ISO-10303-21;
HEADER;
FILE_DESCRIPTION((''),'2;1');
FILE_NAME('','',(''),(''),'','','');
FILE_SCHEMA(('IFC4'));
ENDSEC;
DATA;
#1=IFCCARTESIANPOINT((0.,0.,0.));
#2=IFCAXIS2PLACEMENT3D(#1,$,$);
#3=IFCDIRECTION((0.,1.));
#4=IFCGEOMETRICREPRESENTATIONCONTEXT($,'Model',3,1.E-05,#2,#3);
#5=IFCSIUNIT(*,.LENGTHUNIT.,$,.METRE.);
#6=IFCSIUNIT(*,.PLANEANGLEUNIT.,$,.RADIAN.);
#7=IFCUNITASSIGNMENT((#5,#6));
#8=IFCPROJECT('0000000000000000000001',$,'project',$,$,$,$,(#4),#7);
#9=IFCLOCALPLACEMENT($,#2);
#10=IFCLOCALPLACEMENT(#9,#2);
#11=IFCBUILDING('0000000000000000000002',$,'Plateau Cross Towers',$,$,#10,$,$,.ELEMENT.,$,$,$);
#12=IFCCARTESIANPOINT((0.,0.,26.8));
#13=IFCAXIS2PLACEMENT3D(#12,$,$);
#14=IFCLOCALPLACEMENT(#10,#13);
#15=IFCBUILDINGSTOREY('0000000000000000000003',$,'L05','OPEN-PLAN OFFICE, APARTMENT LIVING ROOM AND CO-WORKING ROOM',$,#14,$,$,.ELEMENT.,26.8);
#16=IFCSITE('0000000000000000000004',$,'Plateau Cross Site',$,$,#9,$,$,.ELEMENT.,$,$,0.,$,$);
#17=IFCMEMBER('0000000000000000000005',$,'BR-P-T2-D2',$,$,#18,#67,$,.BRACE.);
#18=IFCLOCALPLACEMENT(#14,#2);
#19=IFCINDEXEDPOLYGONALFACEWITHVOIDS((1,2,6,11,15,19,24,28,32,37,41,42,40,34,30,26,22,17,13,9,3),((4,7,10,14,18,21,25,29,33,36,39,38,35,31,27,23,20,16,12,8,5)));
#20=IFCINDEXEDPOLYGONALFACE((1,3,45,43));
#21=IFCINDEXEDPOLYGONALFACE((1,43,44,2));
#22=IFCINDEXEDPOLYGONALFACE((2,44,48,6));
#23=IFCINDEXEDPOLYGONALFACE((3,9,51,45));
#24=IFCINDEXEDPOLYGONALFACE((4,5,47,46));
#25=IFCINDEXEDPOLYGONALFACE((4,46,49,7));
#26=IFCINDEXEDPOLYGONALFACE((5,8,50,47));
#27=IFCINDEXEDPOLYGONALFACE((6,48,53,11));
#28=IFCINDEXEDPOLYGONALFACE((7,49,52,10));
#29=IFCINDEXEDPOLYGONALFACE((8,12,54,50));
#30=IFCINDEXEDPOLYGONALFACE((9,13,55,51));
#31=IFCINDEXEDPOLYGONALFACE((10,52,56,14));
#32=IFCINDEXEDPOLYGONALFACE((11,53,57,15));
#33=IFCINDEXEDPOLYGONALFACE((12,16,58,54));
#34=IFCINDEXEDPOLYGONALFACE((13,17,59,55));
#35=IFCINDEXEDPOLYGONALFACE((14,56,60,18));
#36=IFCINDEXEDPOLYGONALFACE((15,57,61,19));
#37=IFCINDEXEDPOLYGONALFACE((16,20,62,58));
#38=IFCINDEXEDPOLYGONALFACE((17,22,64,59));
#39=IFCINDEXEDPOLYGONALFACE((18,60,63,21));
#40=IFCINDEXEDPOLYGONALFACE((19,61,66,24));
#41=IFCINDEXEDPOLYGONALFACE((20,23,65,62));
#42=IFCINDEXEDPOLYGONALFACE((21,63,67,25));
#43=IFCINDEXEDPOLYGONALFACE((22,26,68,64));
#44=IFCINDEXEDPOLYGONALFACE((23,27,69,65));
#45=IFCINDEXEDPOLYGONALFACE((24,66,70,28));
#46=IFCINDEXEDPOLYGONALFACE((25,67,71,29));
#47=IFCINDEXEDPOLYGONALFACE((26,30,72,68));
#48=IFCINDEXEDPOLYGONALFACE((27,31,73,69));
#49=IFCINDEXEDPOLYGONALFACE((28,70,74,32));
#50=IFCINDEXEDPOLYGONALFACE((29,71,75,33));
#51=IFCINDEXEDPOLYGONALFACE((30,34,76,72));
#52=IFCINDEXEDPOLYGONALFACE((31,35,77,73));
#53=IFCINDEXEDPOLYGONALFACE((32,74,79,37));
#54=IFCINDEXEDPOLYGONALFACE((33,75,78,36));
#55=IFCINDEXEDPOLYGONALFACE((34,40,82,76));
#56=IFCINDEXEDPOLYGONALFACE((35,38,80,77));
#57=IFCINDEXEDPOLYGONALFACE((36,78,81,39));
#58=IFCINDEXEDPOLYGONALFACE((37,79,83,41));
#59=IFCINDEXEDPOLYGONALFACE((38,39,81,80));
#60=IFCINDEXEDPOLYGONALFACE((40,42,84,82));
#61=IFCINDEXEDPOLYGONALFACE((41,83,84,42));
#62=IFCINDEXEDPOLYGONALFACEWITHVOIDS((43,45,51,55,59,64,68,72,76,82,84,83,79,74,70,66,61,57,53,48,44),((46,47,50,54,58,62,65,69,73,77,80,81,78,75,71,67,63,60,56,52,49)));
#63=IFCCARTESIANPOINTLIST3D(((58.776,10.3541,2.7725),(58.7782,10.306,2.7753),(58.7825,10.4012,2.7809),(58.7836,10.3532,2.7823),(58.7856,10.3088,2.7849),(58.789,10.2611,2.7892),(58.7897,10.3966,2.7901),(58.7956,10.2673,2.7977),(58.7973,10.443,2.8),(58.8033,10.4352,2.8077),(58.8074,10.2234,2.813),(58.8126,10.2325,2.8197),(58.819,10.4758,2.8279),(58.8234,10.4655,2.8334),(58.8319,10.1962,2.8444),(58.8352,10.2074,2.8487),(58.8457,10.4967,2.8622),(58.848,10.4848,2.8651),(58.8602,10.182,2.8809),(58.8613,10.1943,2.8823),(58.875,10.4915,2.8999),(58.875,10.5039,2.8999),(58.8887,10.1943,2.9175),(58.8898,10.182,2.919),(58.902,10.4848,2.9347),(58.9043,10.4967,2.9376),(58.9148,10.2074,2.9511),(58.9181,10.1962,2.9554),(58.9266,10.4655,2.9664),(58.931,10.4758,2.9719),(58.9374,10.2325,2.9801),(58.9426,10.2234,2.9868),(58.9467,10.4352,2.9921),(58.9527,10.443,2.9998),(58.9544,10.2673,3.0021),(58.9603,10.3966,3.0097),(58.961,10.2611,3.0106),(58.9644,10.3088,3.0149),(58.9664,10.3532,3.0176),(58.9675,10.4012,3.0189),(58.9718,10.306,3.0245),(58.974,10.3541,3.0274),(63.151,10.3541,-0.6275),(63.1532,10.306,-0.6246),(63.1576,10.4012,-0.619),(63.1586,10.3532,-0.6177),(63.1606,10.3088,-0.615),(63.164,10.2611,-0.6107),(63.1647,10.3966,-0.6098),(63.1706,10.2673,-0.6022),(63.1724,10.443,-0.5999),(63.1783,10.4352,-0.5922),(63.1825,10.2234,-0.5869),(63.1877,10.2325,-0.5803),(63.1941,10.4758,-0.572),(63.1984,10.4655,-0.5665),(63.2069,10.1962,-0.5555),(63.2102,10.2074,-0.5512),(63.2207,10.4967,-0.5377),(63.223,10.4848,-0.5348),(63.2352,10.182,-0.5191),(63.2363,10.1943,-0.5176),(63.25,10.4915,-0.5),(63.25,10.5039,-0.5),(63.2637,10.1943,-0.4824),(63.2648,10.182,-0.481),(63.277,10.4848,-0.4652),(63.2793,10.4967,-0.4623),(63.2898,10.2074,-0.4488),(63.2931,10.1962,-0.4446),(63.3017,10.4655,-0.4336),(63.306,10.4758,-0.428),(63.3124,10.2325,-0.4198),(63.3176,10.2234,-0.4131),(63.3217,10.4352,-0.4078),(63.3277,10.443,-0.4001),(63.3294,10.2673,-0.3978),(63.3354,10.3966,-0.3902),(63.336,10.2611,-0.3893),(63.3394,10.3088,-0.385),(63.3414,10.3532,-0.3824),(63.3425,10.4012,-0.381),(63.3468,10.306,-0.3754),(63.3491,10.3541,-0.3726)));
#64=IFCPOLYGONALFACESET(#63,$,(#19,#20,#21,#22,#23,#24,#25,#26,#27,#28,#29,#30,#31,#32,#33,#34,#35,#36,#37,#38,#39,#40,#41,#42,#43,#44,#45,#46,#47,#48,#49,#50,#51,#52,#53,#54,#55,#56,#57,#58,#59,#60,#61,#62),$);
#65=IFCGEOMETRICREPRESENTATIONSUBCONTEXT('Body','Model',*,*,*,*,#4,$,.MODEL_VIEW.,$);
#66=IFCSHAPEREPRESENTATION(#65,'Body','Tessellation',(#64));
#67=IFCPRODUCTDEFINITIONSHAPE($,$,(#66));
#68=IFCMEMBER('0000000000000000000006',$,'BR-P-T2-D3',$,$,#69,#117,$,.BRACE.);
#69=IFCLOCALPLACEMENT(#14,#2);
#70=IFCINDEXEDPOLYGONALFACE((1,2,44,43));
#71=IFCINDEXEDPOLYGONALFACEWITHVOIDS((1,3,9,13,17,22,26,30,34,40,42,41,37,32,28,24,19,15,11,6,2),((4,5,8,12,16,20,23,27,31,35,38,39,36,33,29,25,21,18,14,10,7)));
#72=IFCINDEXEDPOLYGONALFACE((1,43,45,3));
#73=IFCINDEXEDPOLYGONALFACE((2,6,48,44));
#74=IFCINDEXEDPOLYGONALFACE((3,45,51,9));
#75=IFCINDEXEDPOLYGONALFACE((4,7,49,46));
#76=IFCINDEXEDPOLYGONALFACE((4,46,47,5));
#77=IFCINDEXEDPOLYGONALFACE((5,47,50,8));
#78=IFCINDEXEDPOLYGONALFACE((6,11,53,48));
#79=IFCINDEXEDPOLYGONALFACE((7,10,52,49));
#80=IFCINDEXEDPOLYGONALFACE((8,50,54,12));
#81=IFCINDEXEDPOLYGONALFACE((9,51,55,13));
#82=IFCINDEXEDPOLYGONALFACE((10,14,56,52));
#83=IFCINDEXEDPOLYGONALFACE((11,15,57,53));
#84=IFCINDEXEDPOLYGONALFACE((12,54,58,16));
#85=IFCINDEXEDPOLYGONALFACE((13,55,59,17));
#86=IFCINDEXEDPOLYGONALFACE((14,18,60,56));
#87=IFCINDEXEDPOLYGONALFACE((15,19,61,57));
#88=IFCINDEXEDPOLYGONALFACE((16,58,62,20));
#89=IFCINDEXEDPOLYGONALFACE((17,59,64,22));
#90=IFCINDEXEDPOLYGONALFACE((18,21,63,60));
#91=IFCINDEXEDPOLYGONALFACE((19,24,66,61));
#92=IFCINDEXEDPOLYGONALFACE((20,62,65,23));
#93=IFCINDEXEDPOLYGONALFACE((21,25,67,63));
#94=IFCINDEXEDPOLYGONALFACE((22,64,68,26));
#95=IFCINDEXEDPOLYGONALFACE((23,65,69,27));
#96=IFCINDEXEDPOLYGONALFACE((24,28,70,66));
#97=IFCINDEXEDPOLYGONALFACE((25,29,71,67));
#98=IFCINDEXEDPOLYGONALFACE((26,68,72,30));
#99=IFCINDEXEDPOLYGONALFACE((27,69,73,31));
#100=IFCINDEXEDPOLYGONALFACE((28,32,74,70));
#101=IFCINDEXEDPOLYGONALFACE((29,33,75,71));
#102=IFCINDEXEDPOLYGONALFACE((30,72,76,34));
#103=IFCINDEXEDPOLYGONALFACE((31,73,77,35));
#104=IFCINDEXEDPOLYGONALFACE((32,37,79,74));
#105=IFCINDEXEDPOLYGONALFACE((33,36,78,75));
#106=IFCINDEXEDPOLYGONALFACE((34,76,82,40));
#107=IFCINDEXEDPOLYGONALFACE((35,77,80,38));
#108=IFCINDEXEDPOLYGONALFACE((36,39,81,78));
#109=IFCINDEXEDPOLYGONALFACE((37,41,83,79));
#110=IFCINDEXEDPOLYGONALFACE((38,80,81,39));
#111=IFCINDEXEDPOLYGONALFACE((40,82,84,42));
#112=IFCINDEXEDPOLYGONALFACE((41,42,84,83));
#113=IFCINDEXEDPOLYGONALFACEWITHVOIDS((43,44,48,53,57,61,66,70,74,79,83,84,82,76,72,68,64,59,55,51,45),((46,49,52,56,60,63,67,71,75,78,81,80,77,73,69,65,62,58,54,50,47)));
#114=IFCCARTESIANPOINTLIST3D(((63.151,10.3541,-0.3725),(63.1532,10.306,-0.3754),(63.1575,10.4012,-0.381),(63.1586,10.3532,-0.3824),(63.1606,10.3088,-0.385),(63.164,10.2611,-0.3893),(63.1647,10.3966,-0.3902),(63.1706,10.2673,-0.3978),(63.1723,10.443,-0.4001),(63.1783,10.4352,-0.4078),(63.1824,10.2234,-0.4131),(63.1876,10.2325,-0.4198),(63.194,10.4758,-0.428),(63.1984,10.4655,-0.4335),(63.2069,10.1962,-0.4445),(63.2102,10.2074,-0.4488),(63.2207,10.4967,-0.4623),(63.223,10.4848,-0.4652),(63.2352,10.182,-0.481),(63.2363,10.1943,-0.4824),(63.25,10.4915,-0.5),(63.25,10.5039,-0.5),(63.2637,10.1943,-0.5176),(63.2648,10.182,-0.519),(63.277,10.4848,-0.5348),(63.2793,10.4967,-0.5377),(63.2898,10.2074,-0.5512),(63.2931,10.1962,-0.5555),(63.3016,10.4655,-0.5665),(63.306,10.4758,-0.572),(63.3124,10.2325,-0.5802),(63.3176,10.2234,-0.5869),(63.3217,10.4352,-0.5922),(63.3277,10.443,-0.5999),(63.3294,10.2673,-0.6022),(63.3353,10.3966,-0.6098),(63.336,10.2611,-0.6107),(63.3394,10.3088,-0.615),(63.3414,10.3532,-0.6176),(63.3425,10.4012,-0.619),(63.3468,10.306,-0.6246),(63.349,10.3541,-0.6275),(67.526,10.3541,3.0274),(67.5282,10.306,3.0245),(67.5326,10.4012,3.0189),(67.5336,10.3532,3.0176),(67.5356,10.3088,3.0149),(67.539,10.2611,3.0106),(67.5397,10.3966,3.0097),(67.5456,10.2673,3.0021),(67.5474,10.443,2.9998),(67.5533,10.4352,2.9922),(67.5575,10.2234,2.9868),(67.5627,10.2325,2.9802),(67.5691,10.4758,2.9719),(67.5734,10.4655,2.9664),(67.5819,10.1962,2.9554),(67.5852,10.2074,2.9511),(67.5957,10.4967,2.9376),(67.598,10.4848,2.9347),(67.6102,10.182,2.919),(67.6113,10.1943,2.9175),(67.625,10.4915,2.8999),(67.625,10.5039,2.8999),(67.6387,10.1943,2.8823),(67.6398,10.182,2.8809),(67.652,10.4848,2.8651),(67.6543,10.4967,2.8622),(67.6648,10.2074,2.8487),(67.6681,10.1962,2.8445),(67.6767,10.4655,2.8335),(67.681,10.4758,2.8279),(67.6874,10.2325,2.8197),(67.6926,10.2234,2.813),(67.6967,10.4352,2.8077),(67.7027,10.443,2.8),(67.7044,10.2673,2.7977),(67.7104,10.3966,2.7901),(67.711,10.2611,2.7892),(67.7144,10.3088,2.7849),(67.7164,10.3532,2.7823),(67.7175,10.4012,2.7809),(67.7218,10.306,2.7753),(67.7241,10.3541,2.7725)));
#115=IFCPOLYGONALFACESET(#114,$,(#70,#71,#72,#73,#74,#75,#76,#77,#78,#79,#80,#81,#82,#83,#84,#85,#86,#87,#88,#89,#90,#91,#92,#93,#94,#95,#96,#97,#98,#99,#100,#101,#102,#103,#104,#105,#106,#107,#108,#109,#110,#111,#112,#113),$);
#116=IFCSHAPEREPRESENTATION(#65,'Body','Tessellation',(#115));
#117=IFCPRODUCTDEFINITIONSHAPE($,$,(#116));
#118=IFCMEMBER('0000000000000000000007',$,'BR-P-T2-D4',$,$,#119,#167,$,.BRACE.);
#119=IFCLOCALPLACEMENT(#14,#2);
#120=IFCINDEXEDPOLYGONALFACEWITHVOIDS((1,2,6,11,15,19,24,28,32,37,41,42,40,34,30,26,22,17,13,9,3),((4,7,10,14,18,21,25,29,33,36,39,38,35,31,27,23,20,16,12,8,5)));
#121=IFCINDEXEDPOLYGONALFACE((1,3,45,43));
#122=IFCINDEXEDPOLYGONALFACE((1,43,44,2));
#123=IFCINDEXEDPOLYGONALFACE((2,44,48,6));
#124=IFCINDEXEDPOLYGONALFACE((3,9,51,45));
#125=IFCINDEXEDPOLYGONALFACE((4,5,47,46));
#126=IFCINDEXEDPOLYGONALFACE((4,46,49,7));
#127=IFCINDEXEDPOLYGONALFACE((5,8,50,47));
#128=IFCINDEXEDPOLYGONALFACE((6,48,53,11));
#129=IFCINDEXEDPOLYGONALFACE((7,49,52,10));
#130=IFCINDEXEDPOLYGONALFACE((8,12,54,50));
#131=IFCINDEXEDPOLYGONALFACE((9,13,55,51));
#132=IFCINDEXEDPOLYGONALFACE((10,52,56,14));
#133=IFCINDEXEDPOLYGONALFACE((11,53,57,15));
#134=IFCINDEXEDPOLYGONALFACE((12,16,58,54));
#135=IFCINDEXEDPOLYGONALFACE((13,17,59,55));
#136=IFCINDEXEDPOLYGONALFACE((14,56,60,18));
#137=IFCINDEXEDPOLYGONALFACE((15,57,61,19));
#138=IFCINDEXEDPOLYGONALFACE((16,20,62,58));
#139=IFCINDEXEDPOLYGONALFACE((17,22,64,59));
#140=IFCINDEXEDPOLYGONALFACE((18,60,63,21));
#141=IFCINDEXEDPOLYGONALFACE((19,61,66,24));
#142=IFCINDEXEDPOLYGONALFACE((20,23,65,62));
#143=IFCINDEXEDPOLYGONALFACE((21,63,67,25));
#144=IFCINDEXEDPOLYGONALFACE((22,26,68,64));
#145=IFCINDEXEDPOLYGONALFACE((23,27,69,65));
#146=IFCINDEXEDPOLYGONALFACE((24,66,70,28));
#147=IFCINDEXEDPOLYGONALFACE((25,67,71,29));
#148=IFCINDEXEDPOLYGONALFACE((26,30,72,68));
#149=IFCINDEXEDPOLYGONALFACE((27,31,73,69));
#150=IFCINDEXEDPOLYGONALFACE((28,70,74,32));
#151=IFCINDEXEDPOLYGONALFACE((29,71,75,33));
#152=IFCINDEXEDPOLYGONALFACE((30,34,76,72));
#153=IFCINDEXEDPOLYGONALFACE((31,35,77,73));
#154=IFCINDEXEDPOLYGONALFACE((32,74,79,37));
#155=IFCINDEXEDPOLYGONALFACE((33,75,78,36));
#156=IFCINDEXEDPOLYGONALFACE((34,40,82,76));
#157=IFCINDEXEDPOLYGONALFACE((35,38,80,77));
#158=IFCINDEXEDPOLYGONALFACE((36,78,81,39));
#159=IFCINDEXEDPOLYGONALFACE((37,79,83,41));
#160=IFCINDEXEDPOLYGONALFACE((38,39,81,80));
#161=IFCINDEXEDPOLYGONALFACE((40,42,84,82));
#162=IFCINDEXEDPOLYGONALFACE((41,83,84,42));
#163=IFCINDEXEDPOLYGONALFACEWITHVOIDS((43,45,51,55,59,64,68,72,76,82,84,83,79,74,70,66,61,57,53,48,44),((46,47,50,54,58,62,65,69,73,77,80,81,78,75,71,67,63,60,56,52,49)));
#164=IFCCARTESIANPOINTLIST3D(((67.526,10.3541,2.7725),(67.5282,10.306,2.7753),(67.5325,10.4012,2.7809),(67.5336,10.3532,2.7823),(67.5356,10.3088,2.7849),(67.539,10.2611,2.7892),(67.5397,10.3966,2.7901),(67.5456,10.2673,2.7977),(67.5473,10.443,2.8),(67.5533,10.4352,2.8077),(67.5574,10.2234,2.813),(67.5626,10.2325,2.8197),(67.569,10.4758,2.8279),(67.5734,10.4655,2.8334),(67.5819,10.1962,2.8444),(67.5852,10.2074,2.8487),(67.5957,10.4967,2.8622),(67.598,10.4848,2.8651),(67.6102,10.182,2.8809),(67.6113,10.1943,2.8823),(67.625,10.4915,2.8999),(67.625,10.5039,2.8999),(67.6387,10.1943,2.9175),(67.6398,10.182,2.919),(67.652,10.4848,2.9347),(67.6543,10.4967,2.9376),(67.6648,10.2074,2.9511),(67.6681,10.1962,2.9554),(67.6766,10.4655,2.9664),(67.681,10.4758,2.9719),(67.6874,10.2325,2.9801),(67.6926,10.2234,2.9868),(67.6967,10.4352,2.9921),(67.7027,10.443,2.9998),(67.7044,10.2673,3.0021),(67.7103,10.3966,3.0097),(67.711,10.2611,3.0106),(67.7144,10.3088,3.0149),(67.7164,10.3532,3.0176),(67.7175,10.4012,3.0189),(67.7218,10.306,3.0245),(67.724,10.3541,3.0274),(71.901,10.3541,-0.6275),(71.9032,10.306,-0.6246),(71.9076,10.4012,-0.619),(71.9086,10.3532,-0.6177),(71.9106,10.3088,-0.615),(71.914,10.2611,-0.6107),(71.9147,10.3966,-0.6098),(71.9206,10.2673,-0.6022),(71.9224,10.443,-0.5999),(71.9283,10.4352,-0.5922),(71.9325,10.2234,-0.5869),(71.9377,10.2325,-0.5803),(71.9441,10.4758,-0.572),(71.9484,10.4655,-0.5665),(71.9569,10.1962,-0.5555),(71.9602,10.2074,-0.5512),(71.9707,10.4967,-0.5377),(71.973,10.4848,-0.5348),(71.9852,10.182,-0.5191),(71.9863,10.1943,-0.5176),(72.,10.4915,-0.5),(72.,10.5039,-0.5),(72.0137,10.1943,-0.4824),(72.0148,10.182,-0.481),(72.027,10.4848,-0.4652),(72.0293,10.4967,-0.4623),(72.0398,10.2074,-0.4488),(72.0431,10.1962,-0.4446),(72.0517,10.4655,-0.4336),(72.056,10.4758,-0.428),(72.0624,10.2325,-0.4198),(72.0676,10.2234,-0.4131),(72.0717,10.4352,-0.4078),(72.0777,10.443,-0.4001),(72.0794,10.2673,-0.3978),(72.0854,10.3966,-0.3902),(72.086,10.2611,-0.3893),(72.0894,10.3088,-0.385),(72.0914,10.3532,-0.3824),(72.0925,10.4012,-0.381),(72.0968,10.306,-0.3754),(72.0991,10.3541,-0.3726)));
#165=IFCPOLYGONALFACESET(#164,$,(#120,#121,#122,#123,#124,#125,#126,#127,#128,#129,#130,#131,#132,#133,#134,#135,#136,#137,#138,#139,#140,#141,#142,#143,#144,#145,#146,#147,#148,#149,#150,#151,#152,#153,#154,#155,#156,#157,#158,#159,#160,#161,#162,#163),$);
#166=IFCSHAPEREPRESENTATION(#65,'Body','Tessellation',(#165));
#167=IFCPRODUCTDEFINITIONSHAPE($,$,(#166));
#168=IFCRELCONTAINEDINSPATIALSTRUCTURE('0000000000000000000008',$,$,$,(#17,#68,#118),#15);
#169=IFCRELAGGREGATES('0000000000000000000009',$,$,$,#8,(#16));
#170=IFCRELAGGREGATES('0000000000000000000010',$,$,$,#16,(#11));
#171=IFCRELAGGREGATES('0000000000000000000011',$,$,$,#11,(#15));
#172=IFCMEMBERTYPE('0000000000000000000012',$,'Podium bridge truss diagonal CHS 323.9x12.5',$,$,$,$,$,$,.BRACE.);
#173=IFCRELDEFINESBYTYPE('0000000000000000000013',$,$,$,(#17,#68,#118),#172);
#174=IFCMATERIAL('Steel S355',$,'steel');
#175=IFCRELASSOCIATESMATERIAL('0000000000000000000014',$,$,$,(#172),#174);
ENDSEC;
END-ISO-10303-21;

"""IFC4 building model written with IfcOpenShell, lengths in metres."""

from ifc_helpers import new_model, si_unit, direction, frame, origin, origin_2d, place, context, subcontext, project, spatial, hollow_circle, extrude, material, material_profile, profile_set, type_object, element, save


model = new_model("IFC4")

# Units and contexts
model_context = context("Model", 3, precision=1e-05, world=origin(), true_north=direction((0.0, 1.0)))
body_context = subcontext(model_context, "Body", "Model", "MODEL_VIEW")
ifc_project = project(units=[si_unit("LENGTHUNIT", "METRE"), si_unit("PLANEANGLEUNIT", "RADIAN")], contexts=[model_context])

# Site, building, storey
site_placement = place(None, origin())
site = spatial("IfcSite", under=ifc_project, at=site_placement, Name="Plateau Cross Site", CompositionType="ELEMENT", RefElevation=0.0)
building_placement = place(site_placement, origin())
building = spatial("IfcBuilding", under=site, at=building_placement, Name="Plateau Cross Towers", CompositionType="ELEMENT")
storey_placement = place(building_placement, frame((0.0, 0.0, 26.8)))
storey = spatial("IfcBuildingStorey", under=building, at=storey_placement, Name="L05", Description="OPEN-PLAN OFFICE, APARTMENT LIVING ROOM AND CO-WORKING ROOM", CompositionType="ELEMENT", Elevation=26.8)

# Members
ifc_material_1 = material(Name="Steel S355", Category="steel")
ifc_material_profile_1 = material_profile(ifc_material_1, hollow_circle(Radius=0.1619, WallThickness=0.0125, at=origin_2d()), Name="CHS 323.9x12.5")
ifc_profile_set_1 = profile_set([ifc_material_profile_1], Name="Steel S355")
member_type_1 = type_object("IfcMemberType", Name="Podium bridge truss diagonal CHS 323.9x12.5", PredefinedType="BRACE", material=ifc_profile_set_1)
for number, where, z_axis, x_axis, name in (
    (1, (58.875, 10.342, 2.8999), (0.789604, 0.0, -0.613617), (0.0, 1.0, 0.0), "BR-P-T2-D2"),
    (2, (63.25, 10.342, -0.5), (0.789604, 0.0, 0.613617), (0.0, 1.0, 0.0), "BR-P-T2-D3"),
    (3, (67.625, 10.342, 2.8999), (0.789604, 0.0, -0.613617), (0.0, 1.0, 0.0), "BR-P-T2-D4"),
):
    element("IfcMember", number, at=place(storey_placement, frame(where, z_axis=z_axis, x_axis=x_axis)), inside=storey, type_object=member_type_1, Name=name, PredefinedType="BRACE", context=body_context, shape_type="SweptSolid", body=[
        extrude(hollow_circle(Radius=0.1619, WallThickness=0.0125, at=origin_2d()), origin(), (0.0, 0.0, 1.0), 5.5408),
    ])

save(model, "model.ifc")
